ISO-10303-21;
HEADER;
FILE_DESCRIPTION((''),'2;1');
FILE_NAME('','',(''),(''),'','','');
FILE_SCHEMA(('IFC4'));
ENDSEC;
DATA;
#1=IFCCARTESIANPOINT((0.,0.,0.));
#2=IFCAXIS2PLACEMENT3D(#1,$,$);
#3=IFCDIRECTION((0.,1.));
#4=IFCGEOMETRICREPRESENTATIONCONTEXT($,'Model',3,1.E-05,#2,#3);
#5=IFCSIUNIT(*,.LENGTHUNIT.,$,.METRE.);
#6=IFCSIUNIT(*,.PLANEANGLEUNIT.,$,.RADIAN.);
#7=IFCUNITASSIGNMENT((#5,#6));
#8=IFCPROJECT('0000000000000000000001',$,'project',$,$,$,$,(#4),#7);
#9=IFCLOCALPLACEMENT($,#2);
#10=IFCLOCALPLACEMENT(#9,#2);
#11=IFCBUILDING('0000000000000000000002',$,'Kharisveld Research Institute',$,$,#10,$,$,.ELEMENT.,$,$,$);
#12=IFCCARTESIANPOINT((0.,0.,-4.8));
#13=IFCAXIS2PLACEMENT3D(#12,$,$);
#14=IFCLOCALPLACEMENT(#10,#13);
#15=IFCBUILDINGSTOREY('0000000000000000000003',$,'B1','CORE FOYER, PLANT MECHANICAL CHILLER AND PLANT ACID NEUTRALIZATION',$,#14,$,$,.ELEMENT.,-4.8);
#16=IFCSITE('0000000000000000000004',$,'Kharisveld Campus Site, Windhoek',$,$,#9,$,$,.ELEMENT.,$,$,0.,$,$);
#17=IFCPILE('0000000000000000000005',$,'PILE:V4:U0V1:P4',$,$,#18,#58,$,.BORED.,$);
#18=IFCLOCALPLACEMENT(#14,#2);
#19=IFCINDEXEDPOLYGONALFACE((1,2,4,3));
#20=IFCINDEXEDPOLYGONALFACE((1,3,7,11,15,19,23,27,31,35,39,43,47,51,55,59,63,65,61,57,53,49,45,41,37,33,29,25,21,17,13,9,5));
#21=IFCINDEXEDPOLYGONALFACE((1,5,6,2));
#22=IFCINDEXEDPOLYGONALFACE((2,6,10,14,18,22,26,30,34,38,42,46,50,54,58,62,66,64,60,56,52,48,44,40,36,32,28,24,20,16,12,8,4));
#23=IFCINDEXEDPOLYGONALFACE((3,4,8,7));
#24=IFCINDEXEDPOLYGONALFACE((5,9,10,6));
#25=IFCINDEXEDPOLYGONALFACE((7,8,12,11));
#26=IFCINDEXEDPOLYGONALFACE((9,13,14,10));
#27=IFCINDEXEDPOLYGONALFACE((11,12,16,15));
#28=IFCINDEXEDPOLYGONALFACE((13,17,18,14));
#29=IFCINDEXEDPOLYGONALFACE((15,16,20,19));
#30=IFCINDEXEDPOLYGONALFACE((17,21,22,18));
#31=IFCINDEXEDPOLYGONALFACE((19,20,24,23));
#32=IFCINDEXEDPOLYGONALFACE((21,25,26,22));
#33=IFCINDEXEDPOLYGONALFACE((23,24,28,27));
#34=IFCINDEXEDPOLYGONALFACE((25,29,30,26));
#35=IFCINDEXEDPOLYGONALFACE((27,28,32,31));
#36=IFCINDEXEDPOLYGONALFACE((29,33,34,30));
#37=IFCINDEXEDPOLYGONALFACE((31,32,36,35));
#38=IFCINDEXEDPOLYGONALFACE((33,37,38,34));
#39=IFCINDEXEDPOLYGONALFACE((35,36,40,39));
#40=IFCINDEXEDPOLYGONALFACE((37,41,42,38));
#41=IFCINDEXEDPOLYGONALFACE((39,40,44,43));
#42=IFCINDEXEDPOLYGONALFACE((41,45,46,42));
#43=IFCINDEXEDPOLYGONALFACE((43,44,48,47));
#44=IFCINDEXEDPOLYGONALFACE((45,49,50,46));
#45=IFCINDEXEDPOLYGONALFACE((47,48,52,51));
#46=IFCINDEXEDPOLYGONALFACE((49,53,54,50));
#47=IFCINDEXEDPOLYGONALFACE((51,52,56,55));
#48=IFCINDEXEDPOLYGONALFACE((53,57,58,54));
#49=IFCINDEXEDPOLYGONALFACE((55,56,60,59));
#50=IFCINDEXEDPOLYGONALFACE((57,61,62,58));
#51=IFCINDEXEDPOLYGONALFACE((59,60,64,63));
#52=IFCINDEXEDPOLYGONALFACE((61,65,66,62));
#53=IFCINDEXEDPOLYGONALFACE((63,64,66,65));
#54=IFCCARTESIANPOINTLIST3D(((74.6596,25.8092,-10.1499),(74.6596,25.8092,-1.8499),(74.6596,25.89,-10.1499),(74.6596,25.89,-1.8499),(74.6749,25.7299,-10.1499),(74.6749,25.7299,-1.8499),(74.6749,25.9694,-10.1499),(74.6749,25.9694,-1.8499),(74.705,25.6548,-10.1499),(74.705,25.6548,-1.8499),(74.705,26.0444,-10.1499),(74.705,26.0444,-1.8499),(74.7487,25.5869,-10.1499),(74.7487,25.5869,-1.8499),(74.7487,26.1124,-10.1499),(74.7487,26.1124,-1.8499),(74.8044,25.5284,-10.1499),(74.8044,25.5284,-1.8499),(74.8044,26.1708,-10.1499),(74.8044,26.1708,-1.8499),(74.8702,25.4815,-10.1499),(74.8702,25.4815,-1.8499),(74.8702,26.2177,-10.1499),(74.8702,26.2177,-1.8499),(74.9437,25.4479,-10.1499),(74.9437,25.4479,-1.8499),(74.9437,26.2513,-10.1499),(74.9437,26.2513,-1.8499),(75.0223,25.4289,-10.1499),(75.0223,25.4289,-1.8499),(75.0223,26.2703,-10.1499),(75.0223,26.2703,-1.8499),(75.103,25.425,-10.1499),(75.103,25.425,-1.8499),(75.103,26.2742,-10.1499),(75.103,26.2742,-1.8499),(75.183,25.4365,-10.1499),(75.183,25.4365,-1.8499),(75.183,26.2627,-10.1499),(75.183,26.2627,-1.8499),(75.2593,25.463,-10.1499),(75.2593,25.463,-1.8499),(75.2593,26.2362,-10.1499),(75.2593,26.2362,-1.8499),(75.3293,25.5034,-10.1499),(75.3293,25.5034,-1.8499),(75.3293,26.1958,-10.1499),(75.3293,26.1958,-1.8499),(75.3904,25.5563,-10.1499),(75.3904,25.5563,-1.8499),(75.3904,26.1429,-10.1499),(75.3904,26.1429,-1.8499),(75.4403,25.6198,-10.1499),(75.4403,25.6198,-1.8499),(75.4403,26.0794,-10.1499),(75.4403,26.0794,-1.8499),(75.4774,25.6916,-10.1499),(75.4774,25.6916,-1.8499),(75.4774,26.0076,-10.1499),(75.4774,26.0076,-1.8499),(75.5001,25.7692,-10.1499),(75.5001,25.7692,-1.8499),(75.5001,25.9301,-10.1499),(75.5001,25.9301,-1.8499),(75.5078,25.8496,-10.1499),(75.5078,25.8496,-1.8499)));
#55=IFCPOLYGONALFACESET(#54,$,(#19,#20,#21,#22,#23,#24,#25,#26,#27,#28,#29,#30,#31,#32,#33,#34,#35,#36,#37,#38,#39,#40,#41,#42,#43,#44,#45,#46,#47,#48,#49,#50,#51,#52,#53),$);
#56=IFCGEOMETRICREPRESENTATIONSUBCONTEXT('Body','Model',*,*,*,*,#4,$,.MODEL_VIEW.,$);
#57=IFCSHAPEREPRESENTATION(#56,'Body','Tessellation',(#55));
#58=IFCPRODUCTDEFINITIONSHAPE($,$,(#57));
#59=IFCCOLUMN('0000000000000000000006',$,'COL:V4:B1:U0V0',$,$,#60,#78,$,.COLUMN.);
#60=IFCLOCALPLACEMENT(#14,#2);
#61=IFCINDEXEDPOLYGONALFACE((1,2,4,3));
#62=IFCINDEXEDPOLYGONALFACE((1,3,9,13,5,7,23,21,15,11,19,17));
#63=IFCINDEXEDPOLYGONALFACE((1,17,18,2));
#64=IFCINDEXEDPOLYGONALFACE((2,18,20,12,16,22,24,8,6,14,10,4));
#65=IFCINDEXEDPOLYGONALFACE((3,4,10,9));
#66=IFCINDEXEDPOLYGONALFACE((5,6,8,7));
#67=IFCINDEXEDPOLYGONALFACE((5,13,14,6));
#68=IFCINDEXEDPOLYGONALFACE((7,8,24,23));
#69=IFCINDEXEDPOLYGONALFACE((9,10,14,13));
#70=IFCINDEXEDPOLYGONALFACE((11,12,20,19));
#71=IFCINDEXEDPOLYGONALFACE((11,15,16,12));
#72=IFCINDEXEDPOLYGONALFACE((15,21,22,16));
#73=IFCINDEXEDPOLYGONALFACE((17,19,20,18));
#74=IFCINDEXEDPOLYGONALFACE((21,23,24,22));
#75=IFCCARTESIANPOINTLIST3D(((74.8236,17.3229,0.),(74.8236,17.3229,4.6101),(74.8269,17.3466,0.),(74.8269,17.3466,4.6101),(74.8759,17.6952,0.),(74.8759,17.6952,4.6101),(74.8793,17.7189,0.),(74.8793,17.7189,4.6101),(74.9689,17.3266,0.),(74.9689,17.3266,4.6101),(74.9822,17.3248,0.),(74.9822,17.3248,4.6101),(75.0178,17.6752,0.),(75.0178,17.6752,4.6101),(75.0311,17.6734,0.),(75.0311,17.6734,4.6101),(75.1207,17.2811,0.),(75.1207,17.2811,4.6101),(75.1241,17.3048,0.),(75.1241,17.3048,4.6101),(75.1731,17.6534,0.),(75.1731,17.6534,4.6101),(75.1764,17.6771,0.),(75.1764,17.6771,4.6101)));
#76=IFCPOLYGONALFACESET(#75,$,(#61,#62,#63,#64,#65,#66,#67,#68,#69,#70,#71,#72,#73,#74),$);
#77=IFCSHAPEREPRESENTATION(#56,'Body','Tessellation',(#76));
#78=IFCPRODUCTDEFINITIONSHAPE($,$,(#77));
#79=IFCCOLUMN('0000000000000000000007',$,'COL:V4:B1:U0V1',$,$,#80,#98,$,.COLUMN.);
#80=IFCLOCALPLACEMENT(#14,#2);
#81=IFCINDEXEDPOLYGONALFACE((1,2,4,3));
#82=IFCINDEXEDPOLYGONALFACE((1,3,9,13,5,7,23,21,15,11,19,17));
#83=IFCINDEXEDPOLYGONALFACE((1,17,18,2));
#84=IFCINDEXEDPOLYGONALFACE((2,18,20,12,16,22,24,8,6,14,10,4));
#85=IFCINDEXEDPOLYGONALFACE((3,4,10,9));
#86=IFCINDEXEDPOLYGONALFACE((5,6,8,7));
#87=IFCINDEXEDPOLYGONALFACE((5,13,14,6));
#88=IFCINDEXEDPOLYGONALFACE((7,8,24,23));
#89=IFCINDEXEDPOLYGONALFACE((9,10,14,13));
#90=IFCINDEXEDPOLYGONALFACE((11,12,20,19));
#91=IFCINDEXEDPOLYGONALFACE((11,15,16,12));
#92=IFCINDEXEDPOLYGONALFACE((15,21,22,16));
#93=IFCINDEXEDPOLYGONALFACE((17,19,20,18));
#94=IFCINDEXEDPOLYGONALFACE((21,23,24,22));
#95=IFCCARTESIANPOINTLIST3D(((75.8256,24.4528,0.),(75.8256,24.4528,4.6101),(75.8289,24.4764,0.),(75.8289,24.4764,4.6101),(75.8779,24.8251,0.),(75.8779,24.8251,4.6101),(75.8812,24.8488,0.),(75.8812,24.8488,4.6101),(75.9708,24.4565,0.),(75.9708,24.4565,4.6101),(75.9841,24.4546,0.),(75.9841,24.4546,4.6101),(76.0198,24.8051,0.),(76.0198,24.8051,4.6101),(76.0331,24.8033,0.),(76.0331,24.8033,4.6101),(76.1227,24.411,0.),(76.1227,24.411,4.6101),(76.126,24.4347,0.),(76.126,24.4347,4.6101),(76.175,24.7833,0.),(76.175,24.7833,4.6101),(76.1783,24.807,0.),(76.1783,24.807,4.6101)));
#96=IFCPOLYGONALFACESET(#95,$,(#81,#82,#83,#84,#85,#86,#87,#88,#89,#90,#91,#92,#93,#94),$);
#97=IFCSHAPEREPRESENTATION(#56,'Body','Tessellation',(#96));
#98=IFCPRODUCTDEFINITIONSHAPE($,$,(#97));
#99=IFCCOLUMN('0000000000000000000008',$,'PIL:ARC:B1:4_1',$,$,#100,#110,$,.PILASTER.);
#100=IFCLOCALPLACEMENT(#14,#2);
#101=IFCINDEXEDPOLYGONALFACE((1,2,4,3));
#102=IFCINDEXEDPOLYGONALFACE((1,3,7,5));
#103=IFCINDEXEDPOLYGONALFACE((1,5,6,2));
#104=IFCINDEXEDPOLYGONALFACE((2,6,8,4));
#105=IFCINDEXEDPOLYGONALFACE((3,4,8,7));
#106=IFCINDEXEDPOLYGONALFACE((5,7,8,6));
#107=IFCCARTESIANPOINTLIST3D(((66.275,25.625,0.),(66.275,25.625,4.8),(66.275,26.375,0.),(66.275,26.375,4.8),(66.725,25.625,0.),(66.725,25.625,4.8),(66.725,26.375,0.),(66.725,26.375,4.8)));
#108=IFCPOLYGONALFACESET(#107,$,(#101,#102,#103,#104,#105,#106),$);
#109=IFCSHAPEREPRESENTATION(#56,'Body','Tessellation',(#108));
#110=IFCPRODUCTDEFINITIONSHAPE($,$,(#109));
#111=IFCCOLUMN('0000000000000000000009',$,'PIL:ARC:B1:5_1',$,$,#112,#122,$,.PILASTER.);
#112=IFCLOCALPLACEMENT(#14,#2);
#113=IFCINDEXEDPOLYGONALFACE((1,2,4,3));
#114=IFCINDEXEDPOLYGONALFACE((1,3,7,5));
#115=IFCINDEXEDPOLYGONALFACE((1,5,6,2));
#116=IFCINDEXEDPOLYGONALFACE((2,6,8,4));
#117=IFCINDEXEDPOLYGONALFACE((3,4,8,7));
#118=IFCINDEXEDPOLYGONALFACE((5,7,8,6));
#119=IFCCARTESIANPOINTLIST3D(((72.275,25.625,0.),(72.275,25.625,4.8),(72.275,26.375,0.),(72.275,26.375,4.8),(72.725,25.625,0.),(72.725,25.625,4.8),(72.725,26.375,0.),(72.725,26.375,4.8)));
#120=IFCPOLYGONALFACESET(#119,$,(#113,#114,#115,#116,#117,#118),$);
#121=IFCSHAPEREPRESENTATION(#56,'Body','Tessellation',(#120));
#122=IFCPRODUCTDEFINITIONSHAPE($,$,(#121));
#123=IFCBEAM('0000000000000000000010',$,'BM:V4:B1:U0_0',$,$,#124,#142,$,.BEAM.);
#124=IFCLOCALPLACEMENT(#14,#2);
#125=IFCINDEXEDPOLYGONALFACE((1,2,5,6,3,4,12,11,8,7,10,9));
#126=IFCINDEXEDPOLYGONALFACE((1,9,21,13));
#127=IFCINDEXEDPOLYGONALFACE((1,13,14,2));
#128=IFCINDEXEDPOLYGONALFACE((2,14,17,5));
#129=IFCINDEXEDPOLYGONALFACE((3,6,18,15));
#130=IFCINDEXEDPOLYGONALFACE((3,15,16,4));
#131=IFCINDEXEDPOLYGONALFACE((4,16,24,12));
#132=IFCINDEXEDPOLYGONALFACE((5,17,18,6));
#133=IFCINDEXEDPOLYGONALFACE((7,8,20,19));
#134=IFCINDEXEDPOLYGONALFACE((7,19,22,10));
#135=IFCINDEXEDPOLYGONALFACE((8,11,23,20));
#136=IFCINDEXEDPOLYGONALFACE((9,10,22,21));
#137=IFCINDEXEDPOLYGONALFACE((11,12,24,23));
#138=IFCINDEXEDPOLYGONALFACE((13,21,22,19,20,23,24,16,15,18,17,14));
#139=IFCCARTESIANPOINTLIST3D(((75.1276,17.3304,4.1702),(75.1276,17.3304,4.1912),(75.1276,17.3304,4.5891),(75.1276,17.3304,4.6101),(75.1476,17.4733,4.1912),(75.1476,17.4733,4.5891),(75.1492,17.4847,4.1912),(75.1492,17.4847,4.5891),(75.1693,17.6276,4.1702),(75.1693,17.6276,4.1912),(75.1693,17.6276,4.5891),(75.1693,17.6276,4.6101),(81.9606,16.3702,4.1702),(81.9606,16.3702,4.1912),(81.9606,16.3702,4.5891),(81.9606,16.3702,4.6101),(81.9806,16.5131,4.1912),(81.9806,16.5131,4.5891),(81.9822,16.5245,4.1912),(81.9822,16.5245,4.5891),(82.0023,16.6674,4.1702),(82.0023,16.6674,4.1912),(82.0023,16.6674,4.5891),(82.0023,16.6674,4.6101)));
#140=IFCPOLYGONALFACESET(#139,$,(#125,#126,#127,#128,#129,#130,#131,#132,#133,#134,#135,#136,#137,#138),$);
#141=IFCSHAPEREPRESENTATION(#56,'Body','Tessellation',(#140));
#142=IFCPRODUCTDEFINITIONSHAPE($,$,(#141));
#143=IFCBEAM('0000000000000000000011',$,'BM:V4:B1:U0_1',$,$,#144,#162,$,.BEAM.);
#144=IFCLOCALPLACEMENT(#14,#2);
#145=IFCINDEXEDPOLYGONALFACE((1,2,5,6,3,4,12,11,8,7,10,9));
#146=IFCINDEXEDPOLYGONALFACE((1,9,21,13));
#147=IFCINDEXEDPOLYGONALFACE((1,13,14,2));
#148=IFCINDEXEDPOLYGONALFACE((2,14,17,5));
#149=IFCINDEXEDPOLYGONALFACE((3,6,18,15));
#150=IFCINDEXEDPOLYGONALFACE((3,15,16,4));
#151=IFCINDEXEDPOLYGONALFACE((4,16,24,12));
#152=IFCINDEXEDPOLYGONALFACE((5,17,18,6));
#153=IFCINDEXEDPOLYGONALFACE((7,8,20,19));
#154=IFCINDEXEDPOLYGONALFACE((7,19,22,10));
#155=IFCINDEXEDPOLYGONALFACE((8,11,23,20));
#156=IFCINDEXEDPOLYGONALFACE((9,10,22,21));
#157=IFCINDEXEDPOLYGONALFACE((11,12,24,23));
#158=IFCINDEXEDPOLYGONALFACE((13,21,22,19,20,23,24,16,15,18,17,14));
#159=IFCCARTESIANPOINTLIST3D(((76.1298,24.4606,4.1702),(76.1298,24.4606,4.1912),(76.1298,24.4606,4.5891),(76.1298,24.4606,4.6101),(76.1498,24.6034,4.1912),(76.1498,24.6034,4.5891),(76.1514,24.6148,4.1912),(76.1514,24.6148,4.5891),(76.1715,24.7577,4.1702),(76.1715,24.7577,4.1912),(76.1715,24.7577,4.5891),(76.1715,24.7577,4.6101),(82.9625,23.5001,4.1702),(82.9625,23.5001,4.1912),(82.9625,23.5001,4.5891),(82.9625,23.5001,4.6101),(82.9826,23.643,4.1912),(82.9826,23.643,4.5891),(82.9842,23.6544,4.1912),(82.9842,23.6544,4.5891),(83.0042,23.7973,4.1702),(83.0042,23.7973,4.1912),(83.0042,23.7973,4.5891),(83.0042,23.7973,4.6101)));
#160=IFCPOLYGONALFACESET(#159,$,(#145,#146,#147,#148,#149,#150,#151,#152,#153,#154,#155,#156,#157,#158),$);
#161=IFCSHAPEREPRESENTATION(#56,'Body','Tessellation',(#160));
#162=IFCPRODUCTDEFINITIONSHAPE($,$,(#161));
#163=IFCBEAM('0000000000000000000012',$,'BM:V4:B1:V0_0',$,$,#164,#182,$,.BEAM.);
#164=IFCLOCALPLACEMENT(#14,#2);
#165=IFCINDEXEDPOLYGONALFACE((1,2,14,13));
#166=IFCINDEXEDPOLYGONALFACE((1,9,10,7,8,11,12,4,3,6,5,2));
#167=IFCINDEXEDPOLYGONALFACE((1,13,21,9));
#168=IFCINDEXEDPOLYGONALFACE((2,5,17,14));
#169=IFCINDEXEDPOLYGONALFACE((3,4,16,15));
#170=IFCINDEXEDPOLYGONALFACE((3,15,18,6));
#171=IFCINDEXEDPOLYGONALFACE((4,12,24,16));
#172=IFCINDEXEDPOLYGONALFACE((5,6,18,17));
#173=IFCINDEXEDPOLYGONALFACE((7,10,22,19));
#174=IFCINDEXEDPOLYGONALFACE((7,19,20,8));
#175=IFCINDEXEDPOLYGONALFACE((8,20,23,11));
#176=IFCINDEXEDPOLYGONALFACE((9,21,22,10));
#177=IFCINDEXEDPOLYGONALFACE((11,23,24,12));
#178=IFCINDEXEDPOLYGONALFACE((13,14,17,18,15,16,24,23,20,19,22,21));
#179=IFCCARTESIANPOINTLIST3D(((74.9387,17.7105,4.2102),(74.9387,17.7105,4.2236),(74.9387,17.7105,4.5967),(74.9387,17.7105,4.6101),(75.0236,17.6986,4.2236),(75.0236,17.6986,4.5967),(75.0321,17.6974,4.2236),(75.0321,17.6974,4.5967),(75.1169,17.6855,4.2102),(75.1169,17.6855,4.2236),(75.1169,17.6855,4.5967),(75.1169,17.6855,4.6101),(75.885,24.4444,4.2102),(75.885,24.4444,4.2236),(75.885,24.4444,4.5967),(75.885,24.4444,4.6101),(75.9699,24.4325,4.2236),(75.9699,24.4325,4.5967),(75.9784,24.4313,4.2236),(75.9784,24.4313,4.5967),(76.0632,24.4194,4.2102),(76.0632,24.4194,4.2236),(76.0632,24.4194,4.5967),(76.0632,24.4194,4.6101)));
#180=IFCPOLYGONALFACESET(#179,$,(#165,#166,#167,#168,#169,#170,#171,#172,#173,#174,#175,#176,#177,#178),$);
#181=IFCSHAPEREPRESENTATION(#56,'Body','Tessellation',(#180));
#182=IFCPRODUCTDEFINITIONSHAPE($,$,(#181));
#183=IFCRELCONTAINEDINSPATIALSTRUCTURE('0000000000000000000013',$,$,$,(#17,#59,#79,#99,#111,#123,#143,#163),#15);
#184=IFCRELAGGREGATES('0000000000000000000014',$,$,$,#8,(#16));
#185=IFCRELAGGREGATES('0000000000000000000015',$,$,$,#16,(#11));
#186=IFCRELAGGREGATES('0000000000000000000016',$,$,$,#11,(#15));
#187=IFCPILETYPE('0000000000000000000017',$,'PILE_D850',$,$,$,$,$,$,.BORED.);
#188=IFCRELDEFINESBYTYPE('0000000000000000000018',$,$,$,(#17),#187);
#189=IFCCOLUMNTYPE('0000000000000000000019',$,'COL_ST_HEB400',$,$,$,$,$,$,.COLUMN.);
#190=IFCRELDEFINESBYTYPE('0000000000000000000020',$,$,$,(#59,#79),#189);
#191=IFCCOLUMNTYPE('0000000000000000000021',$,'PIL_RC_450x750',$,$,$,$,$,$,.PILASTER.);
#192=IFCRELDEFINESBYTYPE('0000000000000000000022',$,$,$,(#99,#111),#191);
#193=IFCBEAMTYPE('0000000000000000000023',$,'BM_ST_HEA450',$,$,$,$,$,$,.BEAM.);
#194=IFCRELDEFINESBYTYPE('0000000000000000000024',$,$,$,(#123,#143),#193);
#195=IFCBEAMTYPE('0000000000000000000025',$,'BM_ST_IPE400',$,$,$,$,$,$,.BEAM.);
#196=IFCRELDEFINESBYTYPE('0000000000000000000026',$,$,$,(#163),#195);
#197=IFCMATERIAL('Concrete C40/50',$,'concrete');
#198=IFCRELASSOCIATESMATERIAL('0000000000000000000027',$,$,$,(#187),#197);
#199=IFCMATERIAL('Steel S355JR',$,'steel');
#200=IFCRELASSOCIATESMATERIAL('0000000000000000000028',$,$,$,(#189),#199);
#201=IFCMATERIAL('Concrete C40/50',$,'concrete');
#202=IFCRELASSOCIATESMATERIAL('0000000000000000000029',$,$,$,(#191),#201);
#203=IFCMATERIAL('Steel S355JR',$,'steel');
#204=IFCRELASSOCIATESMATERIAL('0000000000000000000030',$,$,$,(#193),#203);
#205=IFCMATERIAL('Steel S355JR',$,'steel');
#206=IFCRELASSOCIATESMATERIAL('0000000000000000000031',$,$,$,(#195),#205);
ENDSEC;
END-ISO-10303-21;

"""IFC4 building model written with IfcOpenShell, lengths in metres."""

from ifc_helpers import new_model, si_unit, direction, frame, origin, origin_2d, place, context, subcontext, project, spatial, rectangle, circle, i_section, extrude, material, material_profile, profile_set, type_object, element, save


model = new_model("IFC4")

# Units and contexts
model_context = context("Model", 3, precision=1e-05, world=origin(), true_north=direction((0.0, 1.0)))
body_context = subcontext(model_context, "Body", "Model", "MODEL_VIEW")
ifc_project = project(units=[si_unit("LENGTHUNIT", "METRE"), si_unit("PLANEANGLEUNIT", "RADIAN")], contexts=[model_context])

# Site, building, storey
site_placement = place(None, origin())
site = spatial("IfcSite", under=ifc_project, at=site_placement, Name="Kharisveld Campus Site, Windhoek", CompositionType="ELEMENT", RefElevation=0.0)
building_placement = place(site_placement, origin())
building = spatial("IfcBuilding", under=site, at=building_placement, Name="Kharisveld Research Institute", CompositionType="ELEMENT")
storey_placement = place(building_placement, frame((0.0, 0.0, -4.8)))
storey = spatial("IfcBuildingStorey", under=building, at=storey_placement, Name="B1", Description="CORE FOYER, PLANT MECHANICAL CHILLER AND PLANT ACID NEUTRALIZATION", CompositionType="ELEMENT", Elevation=-4.8)

# Pile
ifc_material_1 = material(Name="Concrete C40/50", Category="concrete")
ifc_material_profile_1 = material_profile(ifc_material_1, circle(Radius=0.425, at=origin_2d()))
ifc_profile_set_1 = profile_set([ifc_material_profile_1], Name="Concrete C40/50")
pile_type_1 = type_object("IfcPileType", Name="PILE_D850", PredefinedType="BORED", material=ifc_profile_set_1)
for number, where, z_axis, x_axis, name in (
    (1, (75.0828, 25.8496, -1.8499), (0.0, 0.0, -1.0), (1.0, 0.0, 0.0), "PILE:V4:U0V1:P4"),
):
    element("IfcPile", number, at=place(storey_placement, frame(where, z_axis=z_axis, x_axis=x_axis)), inside=storey, type_object=pile_type_1, Name=name, PredefinedType="BORED", context=body_context, shape_type="SweptSolid", body=[
        extrude(circle(Radius=0.425, at=origin_2d()), origin(), (0.0, 0.0, 1.0), 8.3),
    ])

# Columns
ifc_material_2 = material(Name="Steel S355JR", Category="steel")
ifc_material_profile_2 = material_profile(ifc_material_2, i_section(OverallWidth=0.3, OverallDepth=0.3999, WebThickness=0.0134, FlangeThickness=0.0239, at=origin_2d()))
ifc_profile_set_2 = profile_set([ifc_material_profile_2], Name="Steel S355JR")
column_type_1 = type_object("IfcColumnType", Name="COL_ST_HEB400", PredefinedType="COLUMN", material=ifc_profile_set_2)
for number, where, z_axis, x_axis, name in (
    (2, (75.0, 17.5, 0.0), (0.0, 0.0, 1.0), (0.990268, -0.139173, 0.0), "COL:V4:B1:U0V0"),
    (3, (76.002, 24.6299, 0.0), (0.0, 0.0, 1.0), (0.990268, -0.139173, 0.0), "COL:V4:B1:U0V1"),
):
    element("IfcColumn", number, at=place(storey_placement, frame(where, z_axis=z_axis, x_axis=x_axis)), inside=storey, type_object=column_type_1, Name=name, PredefinedType="COLUMN", context=body_context, shape_type="SweptSolid", body=[
        extrude(i_section(OverallWidth=0.3, OverallDepth=0.3999, WebThickness=0.0134, FlangeThickness=0.0239, at=origin_2d()), origin(), (0.0, 0.0, 1.0), 4.6101),
    ])
ifc_material_3 = material(Name="Concrete C40/50", Category="concrete")
ifc_material_profile_3 = material_profile(ifc_material_3, rectangle(XDim=0.45, YDim=0.75, at=origin_2d()))
ifc_profile_set_3 = profile_set([ifc_material_profile_3], Name="Concrete C40/50")
column_type_2 = type_object("IfcColumnType", Name="PIL_RC_450x750", PredefinedType="PILASTER", material=ifc_profile_set_3)
for number, where, z_axis, x_axis, name in (
    (4, (66.5, 26.0, 0.0), (0.0, 0.0, 1.0), (1.0, 0.0, 0.0), "PIL:ARC:B1:4_1"),
    (5, (72.5, 26.0, 0.0), (0.0, 0.0, 1.0), (1.0, 0.0, 0.0), "PIL:ARC:B1:5_1"),
):
    element("IfcColumn", number, at=place(storey_placement, frame(where, z_axis=z_axis, x_axis=x_axis)), inside=storey, type_object=column_type_2, Name=name, PredefinedType="PILASTER", context=body_context, shape_type="SweptSolid", body=[
        extrude(rectangle(XDim=0.45, YDim=0.75, at=origin_2d()), origin(), (0.0, 0.0, 1.0), 4.8),
    ])

# Beams
ifc_material_4 = material(Name="Steel S355JR", Category="steel")
ifc_material_profile_4 = material_profile(ifc_material_4, i_section(OverallWidth=0.3, OverallDepth=0.4399, WebThickness=0.0115, FlangeThickness=0.021, at=origin_2d()))
ifc_profile_set_4 = profile_set([ifc_material_profile_4], Name="Steel S355JR")
beam_type_1 = type_object("IfcBeamType", Name="BM_ST_HEA450", PredefinedType="BEAM", material=ifc_profile_set_4)
beam_1_placement = place(storey_placement, frame((75.1484, 17.479, 4.3901), z_axis=(0.99027, -0.139157, 0.0), x_axis=(0.139157, 0.99027, 0.0)))
element("IfcBeam", 6, at=beam_1_placement, inside=storey, type_object=beam_type_1, Name="BM:V4:B1:U0_0", PredefinedType="BEAM", context=body_context, shape_type="SweptSolid", body=[
    extrude(i_section(OverallWidth=0.3, OverallDepth=0.4399, WebThickness=0.0115, FlangeThickness=0.021, at=origin_2d()), origin(), (0.0, 0.0, 1.0), 6.9001),
])
beam_2_placement = place(storey_placement, frame((76.1506, 24.6091, 4.3901), z_axis=(0.990265, -0.139197, 0.0), x_axis=(0.139197, 0.990265, 0.0)))
element("IfcBeam", 7, at=beam_2_placement, inside=storey, type_object=beam_type_1, Name="BM:V4:B1:U0_1", PredefinedType="BEAM", context=body_context, shape_type="SweptSolid", body=[
    extrude(i_section(OverallWidth=0.3, OverallDepth=0.4399, WebThickness=0.0115, FlangeThickness=0.021, at=origin_2d()), origin(), (0.0, 0.0, 1.0), 6.8999),
])
ifc_material_5 = material(Name="Steel S355JR", Category="steel")
ifc_material_profile_5 = material_profile(ifc_material_5, i_section(OverallWidth=0.1799, OverallDepth=0.3999, WebThickness=0.0085, FlangeThickness=0.0134, at=origin_2d()))
ifc_profile_set_5 = profile_set([ifc_material_profile_5], Name="Steel S355JR")
beam_type_2 = type_object("IfcBeamType", Name="BM_ST_IPE400", PredefinedType="BEAM", material=ifc_profile_set_5)
for number, where, z_axis, x_axis, name in (
    (8, (75.0278, 17.698, 4.4102), (0.139159, 0.99027, 0.0), (-0.99027, 0.139159, 0.0), "BM:V4:B1:V0_0"),
):
    element("IfcBeam", number, at=place(storey_placement, frame(where, z_axis=z_axis, x_axis=x_axis)), inside=storey, type_object=beam_type_2, Name=name, PredefinedType="BEAM", context=body_context, shape_type="SweptSolid", body=[
        extrude(i_section(OverallWidth=0.1799, OverallDepth=0.3999, WebThickness=0.0085, FlangeThickness=0.0134, at=origin_2d()), origin(), (0.0, 0.0, 1.0), 6.8),
    ])

save(model, "model.ifc")
